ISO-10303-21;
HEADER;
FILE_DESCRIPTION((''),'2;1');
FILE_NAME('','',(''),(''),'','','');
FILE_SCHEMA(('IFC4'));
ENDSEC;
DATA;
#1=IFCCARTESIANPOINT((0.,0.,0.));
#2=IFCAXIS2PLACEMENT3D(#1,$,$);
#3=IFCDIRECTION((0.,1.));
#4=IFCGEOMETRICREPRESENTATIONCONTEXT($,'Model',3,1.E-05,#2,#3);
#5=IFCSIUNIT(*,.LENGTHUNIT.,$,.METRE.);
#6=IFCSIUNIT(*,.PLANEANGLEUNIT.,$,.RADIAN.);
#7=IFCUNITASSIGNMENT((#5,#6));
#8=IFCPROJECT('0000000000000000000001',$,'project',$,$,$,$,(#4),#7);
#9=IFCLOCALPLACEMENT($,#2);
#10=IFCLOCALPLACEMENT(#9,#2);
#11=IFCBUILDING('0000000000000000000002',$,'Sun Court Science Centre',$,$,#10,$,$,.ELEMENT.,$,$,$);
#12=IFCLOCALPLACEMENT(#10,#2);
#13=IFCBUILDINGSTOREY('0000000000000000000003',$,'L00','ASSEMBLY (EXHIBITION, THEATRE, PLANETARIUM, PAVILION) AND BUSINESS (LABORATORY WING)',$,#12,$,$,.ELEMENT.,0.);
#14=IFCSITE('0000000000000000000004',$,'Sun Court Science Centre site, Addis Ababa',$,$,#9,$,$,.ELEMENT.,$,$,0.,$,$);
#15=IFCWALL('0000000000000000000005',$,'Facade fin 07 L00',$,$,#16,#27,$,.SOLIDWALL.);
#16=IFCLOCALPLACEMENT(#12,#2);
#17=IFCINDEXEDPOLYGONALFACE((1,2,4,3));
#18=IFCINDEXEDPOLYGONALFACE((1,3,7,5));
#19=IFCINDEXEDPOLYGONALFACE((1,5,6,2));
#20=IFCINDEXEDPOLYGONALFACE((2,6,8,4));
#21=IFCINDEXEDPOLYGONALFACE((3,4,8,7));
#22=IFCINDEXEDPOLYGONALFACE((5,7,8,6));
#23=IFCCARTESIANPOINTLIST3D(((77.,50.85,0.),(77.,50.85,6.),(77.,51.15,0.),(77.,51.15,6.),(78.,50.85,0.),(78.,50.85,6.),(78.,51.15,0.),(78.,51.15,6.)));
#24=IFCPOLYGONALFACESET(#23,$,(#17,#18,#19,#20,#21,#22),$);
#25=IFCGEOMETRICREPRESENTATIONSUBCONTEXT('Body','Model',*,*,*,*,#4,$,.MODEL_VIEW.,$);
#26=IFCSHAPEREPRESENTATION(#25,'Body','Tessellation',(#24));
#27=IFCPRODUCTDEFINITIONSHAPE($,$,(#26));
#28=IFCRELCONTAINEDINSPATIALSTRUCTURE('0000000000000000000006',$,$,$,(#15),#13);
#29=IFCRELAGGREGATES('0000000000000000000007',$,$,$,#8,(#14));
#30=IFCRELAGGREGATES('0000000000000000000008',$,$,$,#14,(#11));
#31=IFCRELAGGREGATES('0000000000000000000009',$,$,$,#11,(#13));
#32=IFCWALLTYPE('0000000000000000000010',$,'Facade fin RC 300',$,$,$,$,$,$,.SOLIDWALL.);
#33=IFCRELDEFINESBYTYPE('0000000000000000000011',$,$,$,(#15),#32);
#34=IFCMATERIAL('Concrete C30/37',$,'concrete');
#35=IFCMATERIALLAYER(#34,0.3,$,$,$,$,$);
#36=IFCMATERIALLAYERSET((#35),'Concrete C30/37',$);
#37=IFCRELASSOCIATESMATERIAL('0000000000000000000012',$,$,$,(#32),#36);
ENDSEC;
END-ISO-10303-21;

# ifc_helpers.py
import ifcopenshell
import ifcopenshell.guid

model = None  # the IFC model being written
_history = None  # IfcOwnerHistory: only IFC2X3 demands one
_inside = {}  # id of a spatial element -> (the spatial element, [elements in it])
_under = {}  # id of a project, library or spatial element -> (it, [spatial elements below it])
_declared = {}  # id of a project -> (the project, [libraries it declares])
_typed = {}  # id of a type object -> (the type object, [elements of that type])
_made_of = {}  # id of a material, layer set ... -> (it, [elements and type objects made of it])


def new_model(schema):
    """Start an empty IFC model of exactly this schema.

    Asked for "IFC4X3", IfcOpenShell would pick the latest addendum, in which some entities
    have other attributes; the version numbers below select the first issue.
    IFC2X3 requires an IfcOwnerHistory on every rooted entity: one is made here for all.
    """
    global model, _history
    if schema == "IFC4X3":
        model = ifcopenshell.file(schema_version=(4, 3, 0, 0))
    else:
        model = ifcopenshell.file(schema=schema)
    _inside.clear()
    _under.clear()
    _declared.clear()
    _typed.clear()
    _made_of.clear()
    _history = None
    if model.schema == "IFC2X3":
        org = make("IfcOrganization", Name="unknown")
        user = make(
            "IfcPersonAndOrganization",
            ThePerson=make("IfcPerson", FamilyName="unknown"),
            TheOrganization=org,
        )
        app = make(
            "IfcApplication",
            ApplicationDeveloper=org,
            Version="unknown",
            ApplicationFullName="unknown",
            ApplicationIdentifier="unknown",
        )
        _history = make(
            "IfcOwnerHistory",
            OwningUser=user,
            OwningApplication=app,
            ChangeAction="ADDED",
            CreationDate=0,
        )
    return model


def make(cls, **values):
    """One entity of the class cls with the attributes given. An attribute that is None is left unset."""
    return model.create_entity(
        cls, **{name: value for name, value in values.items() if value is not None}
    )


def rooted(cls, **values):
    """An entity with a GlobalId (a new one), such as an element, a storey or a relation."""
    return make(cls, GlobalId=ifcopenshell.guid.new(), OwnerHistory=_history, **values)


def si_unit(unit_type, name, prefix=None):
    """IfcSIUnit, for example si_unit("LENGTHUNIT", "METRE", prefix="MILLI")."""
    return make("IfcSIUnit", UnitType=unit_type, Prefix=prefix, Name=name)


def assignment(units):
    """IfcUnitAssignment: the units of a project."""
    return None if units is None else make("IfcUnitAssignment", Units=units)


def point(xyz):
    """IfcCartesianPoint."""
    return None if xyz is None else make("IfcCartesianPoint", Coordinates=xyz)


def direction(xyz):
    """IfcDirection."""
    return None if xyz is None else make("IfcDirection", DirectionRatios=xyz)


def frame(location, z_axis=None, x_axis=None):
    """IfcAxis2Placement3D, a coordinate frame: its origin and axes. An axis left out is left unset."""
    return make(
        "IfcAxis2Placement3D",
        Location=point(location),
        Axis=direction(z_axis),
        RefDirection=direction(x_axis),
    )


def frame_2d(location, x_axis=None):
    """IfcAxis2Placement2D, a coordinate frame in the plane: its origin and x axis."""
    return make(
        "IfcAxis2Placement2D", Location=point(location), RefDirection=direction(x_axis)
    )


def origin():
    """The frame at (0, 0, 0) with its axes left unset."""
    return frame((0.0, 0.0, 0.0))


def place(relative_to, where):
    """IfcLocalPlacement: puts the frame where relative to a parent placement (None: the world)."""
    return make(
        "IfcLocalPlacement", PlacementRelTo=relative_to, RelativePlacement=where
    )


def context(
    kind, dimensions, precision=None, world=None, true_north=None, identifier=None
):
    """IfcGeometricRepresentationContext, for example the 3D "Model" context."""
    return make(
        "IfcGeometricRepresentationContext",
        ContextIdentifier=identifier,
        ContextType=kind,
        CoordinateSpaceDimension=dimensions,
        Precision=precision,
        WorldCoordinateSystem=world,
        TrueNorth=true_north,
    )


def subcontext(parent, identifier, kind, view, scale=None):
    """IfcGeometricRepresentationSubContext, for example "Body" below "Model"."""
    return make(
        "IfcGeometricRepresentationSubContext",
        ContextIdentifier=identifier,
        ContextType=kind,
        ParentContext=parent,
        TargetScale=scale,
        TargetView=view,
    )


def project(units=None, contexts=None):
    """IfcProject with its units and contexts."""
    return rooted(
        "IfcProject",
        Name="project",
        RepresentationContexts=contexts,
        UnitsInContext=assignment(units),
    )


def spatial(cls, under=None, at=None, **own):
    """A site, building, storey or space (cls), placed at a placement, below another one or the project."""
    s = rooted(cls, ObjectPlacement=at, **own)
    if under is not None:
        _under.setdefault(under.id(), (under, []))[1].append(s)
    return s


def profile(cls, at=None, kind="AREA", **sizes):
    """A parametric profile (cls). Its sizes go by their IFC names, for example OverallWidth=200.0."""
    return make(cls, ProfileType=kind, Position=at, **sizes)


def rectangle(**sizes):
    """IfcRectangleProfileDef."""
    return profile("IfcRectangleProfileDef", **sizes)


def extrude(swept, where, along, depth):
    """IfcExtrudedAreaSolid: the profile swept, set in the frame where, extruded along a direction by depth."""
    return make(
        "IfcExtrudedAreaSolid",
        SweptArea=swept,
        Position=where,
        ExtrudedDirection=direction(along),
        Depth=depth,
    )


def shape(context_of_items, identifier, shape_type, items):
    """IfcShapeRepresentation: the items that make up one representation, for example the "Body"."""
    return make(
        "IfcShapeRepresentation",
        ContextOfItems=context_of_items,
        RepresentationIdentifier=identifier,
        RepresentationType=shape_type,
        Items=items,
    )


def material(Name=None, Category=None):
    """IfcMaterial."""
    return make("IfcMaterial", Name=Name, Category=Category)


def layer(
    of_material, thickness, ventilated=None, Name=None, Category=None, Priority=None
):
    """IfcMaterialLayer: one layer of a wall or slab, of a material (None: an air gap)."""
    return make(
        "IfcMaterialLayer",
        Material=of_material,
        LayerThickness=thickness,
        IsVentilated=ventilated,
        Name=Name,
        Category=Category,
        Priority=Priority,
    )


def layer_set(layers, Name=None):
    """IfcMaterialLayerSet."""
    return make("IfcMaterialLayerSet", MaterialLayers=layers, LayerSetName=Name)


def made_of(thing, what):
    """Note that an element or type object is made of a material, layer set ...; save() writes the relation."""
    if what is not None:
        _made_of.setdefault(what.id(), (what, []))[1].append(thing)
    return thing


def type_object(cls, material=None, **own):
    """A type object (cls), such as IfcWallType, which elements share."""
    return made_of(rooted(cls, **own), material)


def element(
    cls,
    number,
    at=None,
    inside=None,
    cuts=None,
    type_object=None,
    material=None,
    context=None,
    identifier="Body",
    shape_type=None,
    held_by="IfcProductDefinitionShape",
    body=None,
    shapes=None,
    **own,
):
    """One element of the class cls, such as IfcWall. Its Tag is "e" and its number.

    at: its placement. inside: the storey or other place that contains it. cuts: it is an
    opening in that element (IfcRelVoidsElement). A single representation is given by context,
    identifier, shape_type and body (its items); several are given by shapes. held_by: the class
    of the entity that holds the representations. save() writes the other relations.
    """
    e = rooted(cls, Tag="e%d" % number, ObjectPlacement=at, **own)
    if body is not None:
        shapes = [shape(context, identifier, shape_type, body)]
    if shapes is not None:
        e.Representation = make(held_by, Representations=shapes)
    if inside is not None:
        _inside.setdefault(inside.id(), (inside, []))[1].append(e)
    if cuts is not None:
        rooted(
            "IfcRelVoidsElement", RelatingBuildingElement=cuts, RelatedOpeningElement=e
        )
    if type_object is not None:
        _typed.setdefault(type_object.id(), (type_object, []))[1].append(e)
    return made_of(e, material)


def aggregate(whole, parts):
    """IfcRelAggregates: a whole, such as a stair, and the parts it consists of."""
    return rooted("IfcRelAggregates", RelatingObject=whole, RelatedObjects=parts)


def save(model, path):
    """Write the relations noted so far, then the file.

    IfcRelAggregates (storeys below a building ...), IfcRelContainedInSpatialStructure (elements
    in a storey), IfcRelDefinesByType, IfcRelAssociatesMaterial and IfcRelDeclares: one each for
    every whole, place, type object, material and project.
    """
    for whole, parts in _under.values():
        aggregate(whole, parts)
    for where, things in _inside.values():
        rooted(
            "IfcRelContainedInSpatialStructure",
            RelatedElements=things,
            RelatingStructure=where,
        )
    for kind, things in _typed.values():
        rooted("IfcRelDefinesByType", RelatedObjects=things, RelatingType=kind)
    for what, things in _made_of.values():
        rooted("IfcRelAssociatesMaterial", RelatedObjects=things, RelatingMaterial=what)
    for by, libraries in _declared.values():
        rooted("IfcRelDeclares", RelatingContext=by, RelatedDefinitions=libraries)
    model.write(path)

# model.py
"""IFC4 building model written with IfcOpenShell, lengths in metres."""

from ifc_helpers import new_model, si_unit, direction, frame, frame_2d, origin, place, context, subcontext, project, spatial, rectangle, extrude, material, layer, layer_set, type_object, element, save


model = new_model("IFC4")

# Units and contexts
model_context = context("Model", 3, precision=1e-05, world=origin(), true_north=direction((0.0, 1.0)))
body_context = subcontext(model_context, "Body", "Model", "MODEL_VIEW")
ifc_project = project(units=[si_unit("LENGTHUNIT", "METRE"), si_unit("PLANEANGLEUNIT", "RADIAN")], contexts=[model_context])

# Site, building, storey
site_placement = place(None, origin())
site = spatial("IfcSite", under=ifc_project, at=site_placement, Name="Sun Court Science Centre site, Addis Ababa", CompositionType="ELEMENT", RefElevation=0.0)
building_placement = place(site_placement, origin())
building = spatial("IfcBuilding", under=site, at=building_placement, Name="Sun Court Science Centre", CompositionType="ELEMENT")
storey_placement = place(building_placement, origin())
storey = spatial("IfcBuildingStorey", under=building, at=storey_placement, Name="L00", Description="ASSEMBLY (EXHIBITION, THEATRE, PLANETARIUM, PAVILION) AND BUSINESS (LABORATORY WING)", CompositionType="ELEMENT", Elevation=0.0)

# Wall
ifc_material_1 = material(Name="Concrete C30/37", Category="concrete")
ifc_layer_1 = layer(ifc_material_1, 0.3)
ifc_layer_set_1 = layer_set([ifc_layer_1], Name="Concrete C30/37")
wall_type_1 = type_object("IfcWallType", Name="Facade fin RC 300", PredefinedType="SOLIDWALL", material=ifc_layer_set_1)
wall_1_placement = place(storey_placement, frame((77.0, 51.0, 0.0), z_axis=(0.0, 0.0, 1.0), x_axis=(1.0, 0.0, 0.0)))
element("IfcWall", 1, at=wall_1_placement, inside=storey, type_object=wall_type_1, Name="Facade fin 07 L00", PredefinedType="SOLIDWALL", context=body_context, shape_type="SweptSolid", body=[
    extrude(rectangle(XDim=1.0, YDim=0.3, at=frame_2d((0.5, 0.0))), origin(), (0.0, 0.0, 1.0), 6.0),
])

save(model, "model.ifc")
